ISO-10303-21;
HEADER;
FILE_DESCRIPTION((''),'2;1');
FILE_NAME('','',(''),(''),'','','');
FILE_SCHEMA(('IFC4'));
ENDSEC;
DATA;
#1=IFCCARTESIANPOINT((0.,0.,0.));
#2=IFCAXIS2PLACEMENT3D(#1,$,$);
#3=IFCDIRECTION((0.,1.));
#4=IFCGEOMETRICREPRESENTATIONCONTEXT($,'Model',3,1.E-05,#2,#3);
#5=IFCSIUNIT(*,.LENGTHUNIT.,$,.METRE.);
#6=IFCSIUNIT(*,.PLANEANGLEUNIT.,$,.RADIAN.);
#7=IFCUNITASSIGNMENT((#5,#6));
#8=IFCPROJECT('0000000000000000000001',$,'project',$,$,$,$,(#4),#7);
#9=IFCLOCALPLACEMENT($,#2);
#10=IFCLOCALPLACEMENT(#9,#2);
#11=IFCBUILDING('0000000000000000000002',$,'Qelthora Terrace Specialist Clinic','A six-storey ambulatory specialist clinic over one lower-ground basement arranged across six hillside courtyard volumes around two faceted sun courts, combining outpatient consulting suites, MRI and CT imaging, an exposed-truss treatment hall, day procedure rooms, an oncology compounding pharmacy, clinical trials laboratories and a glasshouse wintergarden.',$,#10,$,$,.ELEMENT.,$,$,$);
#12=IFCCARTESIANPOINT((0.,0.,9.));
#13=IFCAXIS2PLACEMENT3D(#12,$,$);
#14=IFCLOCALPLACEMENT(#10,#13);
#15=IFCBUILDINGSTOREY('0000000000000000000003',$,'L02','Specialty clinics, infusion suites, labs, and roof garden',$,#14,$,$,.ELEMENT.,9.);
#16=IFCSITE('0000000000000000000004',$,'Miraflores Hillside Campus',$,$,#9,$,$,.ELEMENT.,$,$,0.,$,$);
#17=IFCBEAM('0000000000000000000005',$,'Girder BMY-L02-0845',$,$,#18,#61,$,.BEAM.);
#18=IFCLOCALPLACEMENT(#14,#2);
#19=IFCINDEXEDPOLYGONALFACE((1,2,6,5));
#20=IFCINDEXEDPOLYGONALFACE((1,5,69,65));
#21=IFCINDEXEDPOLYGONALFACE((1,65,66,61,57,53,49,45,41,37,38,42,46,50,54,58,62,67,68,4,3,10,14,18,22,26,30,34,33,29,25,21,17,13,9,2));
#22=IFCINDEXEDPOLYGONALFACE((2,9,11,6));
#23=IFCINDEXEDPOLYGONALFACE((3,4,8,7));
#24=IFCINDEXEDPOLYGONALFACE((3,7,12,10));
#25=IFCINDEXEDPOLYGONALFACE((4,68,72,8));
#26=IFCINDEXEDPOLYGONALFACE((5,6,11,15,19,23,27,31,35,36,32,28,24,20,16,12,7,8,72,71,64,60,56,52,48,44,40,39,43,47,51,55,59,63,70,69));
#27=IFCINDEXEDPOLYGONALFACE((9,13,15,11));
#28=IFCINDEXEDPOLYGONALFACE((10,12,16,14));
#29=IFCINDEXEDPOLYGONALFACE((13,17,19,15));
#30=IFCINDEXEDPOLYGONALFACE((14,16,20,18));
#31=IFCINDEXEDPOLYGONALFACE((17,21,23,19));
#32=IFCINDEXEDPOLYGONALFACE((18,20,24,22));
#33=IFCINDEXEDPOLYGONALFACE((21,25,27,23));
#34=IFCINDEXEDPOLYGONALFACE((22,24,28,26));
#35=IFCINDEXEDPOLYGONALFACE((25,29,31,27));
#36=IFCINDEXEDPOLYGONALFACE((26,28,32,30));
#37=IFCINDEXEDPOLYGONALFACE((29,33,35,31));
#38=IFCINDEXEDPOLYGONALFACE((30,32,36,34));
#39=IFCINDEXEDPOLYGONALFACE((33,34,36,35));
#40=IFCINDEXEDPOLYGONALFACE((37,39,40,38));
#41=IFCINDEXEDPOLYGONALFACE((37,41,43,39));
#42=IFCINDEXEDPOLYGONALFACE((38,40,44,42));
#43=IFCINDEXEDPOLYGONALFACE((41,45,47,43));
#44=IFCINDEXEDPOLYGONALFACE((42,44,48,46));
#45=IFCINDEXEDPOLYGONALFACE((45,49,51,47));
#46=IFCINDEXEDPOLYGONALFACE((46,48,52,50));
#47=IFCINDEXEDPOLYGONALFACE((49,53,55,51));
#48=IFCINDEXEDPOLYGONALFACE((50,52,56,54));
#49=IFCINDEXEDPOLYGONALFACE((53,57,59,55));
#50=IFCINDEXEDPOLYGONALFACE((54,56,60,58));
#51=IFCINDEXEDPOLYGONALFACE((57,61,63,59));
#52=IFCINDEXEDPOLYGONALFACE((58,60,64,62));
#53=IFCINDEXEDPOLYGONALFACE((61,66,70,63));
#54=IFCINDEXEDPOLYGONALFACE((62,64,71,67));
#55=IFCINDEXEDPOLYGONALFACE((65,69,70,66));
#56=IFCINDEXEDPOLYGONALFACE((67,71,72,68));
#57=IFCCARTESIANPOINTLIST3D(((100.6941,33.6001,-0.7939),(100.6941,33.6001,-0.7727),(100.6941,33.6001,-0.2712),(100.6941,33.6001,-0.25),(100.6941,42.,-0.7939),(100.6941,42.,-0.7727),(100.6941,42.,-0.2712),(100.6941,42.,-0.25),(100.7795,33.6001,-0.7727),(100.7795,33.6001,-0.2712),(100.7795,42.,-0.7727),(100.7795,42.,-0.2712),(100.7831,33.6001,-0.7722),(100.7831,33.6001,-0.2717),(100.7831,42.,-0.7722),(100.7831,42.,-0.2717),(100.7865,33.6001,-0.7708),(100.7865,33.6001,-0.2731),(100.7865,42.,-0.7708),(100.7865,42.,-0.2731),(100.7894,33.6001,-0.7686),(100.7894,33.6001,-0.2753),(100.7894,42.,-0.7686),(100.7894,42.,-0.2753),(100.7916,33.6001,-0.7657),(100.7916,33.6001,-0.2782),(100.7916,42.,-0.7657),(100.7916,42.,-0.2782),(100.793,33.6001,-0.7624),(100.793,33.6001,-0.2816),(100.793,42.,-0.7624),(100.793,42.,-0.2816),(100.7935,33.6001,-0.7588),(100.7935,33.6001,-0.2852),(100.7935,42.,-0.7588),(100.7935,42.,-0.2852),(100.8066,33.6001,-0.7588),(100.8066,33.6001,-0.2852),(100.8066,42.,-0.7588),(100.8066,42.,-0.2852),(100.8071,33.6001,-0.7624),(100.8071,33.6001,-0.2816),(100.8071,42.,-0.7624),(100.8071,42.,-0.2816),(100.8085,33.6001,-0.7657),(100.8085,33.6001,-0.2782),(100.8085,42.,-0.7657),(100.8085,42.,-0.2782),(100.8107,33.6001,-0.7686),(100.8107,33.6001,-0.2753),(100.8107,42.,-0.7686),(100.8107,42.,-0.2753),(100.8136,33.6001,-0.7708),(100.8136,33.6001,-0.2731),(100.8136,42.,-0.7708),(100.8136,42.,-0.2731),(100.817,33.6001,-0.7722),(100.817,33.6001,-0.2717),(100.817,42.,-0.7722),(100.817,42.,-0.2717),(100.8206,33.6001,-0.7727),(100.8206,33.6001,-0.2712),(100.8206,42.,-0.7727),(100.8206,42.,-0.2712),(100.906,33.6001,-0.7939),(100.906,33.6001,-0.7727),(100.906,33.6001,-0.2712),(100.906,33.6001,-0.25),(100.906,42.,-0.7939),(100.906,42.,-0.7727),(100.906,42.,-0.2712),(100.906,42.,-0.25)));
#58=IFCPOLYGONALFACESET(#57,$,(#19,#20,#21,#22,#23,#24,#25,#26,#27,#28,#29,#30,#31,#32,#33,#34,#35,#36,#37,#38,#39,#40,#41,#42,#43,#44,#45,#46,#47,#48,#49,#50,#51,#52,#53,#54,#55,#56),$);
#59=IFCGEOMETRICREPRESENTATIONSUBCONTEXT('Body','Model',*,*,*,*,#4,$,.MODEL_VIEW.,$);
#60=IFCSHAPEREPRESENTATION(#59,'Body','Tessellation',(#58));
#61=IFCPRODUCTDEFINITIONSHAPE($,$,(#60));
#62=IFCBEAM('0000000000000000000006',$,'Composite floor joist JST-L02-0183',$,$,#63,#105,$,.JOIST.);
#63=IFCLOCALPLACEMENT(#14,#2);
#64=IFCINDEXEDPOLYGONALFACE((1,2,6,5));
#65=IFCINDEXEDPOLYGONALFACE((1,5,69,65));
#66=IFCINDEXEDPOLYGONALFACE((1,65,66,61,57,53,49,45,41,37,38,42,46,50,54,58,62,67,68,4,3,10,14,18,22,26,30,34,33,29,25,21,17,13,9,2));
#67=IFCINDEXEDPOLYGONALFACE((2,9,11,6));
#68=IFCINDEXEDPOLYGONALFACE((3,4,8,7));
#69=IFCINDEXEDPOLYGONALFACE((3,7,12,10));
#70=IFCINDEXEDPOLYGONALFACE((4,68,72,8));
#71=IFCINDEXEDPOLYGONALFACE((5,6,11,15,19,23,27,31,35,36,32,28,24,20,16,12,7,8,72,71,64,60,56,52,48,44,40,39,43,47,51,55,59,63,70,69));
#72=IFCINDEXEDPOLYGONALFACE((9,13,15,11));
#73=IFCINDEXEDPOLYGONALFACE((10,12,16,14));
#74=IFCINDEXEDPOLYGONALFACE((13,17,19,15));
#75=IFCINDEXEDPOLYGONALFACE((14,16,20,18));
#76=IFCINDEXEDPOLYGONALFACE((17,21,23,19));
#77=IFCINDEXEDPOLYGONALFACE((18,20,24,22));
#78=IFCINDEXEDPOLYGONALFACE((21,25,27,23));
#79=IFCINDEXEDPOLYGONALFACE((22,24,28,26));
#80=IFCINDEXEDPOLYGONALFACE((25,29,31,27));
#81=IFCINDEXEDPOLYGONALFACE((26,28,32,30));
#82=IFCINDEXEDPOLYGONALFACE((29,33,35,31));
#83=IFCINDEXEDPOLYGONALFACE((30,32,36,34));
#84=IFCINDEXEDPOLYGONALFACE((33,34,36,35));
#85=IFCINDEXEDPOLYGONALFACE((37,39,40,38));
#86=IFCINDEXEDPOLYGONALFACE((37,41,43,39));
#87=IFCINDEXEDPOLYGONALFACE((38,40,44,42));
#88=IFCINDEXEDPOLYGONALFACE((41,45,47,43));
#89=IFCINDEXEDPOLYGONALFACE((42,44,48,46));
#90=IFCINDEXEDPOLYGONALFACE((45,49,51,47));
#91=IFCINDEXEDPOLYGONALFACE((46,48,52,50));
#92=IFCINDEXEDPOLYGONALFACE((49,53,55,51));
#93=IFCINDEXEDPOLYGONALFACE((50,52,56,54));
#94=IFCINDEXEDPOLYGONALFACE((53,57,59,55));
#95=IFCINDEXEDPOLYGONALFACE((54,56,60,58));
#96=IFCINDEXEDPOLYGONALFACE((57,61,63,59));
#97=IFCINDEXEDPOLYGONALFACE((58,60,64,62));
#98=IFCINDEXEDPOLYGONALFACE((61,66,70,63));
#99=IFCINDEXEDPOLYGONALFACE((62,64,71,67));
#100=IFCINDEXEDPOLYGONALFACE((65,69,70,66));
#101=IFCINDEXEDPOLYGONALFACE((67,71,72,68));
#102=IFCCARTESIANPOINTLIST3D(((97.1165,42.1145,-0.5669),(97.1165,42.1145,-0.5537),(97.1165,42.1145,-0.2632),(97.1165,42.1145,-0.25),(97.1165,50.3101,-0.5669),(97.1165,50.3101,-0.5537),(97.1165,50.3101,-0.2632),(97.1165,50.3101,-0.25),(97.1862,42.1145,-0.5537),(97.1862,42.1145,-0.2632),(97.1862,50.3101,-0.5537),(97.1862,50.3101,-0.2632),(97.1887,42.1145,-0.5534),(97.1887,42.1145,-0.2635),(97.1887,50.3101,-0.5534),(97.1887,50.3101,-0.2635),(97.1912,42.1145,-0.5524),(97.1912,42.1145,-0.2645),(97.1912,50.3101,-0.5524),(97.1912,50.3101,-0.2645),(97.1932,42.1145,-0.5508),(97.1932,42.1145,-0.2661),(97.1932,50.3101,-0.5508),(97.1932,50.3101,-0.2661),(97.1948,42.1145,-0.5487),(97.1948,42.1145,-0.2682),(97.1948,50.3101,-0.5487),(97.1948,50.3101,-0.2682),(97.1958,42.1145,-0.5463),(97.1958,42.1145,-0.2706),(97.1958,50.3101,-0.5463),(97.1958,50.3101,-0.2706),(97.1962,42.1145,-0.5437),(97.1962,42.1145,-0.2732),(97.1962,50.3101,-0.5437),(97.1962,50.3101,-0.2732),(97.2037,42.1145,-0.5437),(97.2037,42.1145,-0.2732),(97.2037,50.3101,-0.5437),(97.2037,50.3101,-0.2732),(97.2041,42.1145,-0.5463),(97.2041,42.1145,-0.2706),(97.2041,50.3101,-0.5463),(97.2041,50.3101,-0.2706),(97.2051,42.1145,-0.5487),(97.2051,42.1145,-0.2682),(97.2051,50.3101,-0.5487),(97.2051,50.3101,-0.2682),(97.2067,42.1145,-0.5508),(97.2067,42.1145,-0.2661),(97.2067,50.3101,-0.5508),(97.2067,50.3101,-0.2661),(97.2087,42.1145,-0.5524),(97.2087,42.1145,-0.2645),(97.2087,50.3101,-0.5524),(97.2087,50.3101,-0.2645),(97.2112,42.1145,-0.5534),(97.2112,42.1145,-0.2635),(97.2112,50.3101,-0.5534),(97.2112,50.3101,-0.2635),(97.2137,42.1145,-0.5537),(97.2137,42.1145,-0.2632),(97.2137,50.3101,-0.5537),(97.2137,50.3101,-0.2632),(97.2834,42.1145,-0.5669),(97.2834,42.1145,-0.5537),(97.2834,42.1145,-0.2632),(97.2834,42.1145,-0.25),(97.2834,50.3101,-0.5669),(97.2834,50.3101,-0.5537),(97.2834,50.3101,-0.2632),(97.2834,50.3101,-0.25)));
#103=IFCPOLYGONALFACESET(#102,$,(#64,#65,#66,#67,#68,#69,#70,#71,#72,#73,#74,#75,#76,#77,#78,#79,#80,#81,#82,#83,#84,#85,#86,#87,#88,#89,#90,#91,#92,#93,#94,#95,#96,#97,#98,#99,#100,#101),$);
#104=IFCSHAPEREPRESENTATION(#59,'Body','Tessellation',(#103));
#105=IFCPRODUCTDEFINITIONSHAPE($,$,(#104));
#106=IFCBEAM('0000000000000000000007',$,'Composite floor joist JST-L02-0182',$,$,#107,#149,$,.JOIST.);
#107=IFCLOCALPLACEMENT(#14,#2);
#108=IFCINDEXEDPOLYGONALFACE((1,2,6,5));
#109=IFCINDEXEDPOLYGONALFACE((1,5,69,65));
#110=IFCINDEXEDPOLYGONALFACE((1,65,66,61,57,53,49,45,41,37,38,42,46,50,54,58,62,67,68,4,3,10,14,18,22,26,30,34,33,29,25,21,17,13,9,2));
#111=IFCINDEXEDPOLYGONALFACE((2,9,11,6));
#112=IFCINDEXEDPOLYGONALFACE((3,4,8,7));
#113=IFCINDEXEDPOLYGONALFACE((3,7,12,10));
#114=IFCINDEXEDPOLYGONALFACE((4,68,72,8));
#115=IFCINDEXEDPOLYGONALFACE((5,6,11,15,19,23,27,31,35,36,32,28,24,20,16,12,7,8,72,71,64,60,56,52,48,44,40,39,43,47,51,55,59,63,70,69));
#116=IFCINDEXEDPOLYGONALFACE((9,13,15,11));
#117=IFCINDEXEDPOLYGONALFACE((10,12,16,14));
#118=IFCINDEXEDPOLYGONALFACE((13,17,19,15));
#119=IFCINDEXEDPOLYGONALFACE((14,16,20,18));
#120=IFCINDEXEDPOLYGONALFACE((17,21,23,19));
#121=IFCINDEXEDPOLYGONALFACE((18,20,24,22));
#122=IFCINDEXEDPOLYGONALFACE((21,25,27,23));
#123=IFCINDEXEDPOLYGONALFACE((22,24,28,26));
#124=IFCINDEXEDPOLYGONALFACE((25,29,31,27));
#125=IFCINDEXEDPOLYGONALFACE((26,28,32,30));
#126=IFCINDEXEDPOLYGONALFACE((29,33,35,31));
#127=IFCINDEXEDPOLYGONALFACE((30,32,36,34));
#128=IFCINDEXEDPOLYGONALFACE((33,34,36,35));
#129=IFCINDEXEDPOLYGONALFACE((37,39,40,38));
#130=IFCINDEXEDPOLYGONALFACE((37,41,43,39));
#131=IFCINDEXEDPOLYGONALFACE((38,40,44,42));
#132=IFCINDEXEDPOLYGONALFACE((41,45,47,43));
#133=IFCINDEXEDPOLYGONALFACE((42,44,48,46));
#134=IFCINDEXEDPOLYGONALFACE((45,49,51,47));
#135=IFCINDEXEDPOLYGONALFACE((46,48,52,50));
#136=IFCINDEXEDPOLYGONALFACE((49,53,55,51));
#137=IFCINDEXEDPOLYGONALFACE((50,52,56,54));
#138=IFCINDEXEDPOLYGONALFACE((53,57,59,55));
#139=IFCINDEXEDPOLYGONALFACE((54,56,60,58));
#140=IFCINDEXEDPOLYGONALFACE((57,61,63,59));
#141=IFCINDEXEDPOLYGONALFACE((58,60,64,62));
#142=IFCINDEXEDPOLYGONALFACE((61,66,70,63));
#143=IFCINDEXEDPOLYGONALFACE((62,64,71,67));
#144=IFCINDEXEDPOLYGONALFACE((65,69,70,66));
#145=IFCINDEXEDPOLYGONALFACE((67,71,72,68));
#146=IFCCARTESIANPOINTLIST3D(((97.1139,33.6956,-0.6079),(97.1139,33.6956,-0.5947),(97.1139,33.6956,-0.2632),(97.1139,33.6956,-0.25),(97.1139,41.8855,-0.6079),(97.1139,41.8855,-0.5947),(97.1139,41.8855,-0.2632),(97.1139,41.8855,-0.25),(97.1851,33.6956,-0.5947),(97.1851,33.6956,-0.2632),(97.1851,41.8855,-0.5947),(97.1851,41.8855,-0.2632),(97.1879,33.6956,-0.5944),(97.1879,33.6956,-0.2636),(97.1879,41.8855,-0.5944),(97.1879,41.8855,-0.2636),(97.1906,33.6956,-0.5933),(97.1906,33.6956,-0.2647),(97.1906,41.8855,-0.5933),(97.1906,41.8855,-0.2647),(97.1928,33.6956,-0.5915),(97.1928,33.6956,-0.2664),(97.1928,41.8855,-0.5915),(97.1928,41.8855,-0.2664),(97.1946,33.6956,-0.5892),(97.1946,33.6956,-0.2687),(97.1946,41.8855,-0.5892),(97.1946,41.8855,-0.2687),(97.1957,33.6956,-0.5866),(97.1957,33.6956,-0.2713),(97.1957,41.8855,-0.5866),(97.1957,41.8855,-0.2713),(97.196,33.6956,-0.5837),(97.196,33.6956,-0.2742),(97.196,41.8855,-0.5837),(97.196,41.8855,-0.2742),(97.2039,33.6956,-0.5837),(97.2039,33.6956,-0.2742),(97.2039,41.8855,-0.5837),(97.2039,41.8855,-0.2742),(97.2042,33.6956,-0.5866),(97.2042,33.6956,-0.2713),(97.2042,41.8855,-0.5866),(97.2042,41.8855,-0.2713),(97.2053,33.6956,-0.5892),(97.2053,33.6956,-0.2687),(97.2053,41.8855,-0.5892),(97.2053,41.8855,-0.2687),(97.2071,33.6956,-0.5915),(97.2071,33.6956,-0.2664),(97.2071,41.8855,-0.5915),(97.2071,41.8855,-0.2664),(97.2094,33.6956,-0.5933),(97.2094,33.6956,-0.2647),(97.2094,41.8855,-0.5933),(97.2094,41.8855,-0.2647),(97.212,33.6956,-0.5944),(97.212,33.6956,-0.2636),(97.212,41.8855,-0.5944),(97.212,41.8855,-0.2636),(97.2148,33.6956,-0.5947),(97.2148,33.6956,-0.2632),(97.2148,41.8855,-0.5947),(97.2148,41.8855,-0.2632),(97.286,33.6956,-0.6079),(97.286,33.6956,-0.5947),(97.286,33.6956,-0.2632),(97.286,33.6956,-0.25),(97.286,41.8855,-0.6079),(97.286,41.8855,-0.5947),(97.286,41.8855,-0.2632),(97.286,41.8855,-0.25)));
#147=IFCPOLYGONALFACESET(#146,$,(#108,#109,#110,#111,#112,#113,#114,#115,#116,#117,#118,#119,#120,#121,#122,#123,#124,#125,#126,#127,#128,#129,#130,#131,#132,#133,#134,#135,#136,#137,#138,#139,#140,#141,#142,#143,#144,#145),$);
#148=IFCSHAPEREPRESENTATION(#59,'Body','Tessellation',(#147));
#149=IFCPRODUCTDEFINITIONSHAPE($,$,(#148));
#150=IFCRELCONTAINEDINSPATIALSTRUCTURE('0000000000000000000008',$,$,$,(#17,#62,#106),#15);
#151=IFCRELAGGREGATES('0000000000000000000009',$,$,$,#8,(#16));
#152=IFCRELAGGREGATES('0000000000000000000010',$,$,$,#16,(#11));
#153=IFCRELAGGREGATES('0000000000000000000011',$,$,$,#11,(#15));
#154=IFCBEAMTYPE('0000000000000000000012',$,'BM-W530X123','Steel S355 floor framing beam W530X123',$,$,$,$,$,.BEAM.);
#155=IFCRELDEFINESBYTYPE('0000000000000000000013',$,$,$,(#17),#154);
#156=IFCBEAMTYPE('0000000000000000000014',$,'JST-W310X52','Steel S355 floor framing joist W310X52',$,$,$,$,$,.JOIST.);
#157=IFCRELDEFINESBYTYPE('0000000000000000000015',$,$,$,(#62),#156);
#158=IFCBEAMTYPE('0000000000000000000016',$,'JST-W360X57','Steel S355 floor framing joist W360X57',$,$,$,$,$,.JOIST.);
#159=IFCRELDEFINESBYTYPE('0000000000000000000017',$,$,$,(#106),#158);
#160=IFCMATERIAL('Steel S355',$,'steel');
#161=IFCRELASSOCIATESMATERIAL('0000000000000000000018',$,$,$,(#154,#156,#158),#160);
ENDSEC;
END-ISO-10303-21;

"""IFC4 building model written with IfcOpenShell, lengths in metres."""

from ifc_helpers import new_model, si_unit, direction, frame, origin, origin_2d, place, context, subcontext, project, spatial, i_section, extrude, material, material_profile, profile_set, type_object, element, save


model = new_model("IFC4")

# Units and contexts
model_context = context("Model", 3, precision=1e-05, world=origin(), true_north=direction((0.0, 1.0)))
body_context = subcontext(model_context, "Body", "Model", "MODEL_VIEW")
ifc_project = project(units=[si_unit("LENGTHUNIT", "METRE"), si_unit("PLANEANGLEUNIT", "RADIAN")], contexts=[model_context])

# Site, building, storey
site_placement = place(None, origin())
site = spatial("IfcSite", under=ifc_project, at=site_placement, Name="Miraflores Hillside Campus", CompositionType="ELEMENT", RefElevation=0.0)
building_placement = place(site_placement, origin())
building = spatial("IfcBuilding", under=site, at=building_placement, Name="Qelthora Terrace Specialist Clinic", Description="A six-storey ambulatory specialist clinic over one lower-ground basement arranged across six hillside courtyard volumes around two faceted sun courts, combining outpatient consulting suites, MRI and CT imaging, an exposed-truss treatment hall, day procedure rooms, an oncology compounding pharmacy, clinical trials laboratories and a glasshouse wintergarden.", CompositionType="ELEMENT")
storey_placement = place(building_placement, frame((0.0, 0.0, 9.0)))
storey = spatial("IfcBuildingStorey", under=building, at=storey_placement, Name="L02", Description="Specialty clinics, infusion suites, labs, and roof garden", CompositionType="ELEMENT", Elevation=9.0)

# Shared definitions
ifc_material_1 = material(Name="Steel S355", Category="steel")

# Beams
ifc_material_profile_1 = material_profile(ifc_material_1, i_section(OverallWidth=0.2119, OverallDepth=0.5439, WebThickness=0.0132, FlangeThickness=0.0212, FilletRadius=0.0139, at=origin_2d()), Name="W530X123")
ifc_profile_set_1 = profile_set([ifc_material_profile_1], Name="Steel S355")
beam_type_1 = type_object("IfcBeamType", Name="BM-W530X123", Description="Steel S355 floor framing beam W530X123", PredefinedType="BEAM", material=ifc_profile_set_1)
beam_1_placement = place(storey_placement, frame((100.8, 33.6001, -0.522), z_axis=(0.0, 1.0, 0.0), x_axis=(-1.0, 0.0, 0.0)))
element("IfcBeam", 1, at=beam_1_placement, inside=storey, type_object=beam_type_1, Name="Girder BMY-L02-0845", PredefinedType="BEAM", context=body_context, shape_type="SweptSolid", body=[
    extrude(i_section(OverallWidth=0.2119, OverallDepth=0.5439, WebThickness=0.0132, FlangeThickness=0.0212, FilletRadius=0.0139, at=origin_2d()), origin(), (0.0, 0.0, 1.0), 8.3999),
])
ifc_material_profile_2 = material_profile(ifc_material_1, i_section(OverallWidth=0.167, OverallDepth=0.3169, WebThickness=0.0076, FlangeThickness=0.0132, FilletRadius=0.01, at=origin_2d()), Name="W310X52")
ifc_profile_set_2 = profile_set([ifc_material_profile_2], Name="Steel S355")
beam_type_2 = type_object("IfcBeamType", Name="JST-W310X52", Description="Steel S355 floor framing joist W310X52", PredefinedType="JOIST", material=ifc_profile_set_2)
beam_2_placement = place(storey_placement, frame((97.2, 42.1145, -0.4084), z_axis=(0.0, 1.0, 0.0), x_axis=(-1.0, 0.0, 0.0)))
element("IfcBeam", 2, at=beam_2_placement, inside=storey, type_object=beam_type_2, Name="Composite floor joist JST-L02-0183", PredefinedType="JOIST", context=body_context, shape_type="SweptSolid", body=[
    extrude(i_section(OverallWidth=0.167, OverallDepth=0.3169, WebThickness=0.0076, FlangeThickness=0.0132, FilletRadius=0.01, at=origin_2d()), origin(), (0.0, 0.0, 1.0), 8.1956),
])
ifc_material_profile_3 = material_profile(ifc_material_1, i_section(OverallWidth=0.1721, OverallDepth=0.3579, WebThickness=0.0078, FlangeThickness=0.0132, FilletRadius=0.011, at=origin_2d()), Name="W360X57")
ifc_profile_set_3 = profile_set([ifc_material_profile_3], Name="Steel S355")
beam_type_3 = type_object("IfcBeamType", Name="JST-W360X57", Description="Steel S355 floor framing joist W360X57", PredefinedType="JOIST", material=ifc_profile_set_3)
beam_3_placement = place(storey_placement, frame((97.2, 33.6956, -0.429), z_axis=(0.0, 1.0, 0.0), x_axis=(-1.0, 0.0, 0.0)))
element("IfcBeam", 3, at=beam_3_placement, inside=storey, type_object=beam_type_3, Name="Composite floor joist JST-L02-0182", PredefinedType="JOIST", context=body_context, shape_type="SweptSolid", body=[
    extrude(i_section(OverallWidth=0.1721, OverallDepth=0.3579, WebThickness=0.0078, FlangeThickness=0.0132, FilletRadius=0.011, at=origin_2d()), origin(), (0.0, 0.0, 1.0), 8.1899),
])

save(model, "model.ifc")
